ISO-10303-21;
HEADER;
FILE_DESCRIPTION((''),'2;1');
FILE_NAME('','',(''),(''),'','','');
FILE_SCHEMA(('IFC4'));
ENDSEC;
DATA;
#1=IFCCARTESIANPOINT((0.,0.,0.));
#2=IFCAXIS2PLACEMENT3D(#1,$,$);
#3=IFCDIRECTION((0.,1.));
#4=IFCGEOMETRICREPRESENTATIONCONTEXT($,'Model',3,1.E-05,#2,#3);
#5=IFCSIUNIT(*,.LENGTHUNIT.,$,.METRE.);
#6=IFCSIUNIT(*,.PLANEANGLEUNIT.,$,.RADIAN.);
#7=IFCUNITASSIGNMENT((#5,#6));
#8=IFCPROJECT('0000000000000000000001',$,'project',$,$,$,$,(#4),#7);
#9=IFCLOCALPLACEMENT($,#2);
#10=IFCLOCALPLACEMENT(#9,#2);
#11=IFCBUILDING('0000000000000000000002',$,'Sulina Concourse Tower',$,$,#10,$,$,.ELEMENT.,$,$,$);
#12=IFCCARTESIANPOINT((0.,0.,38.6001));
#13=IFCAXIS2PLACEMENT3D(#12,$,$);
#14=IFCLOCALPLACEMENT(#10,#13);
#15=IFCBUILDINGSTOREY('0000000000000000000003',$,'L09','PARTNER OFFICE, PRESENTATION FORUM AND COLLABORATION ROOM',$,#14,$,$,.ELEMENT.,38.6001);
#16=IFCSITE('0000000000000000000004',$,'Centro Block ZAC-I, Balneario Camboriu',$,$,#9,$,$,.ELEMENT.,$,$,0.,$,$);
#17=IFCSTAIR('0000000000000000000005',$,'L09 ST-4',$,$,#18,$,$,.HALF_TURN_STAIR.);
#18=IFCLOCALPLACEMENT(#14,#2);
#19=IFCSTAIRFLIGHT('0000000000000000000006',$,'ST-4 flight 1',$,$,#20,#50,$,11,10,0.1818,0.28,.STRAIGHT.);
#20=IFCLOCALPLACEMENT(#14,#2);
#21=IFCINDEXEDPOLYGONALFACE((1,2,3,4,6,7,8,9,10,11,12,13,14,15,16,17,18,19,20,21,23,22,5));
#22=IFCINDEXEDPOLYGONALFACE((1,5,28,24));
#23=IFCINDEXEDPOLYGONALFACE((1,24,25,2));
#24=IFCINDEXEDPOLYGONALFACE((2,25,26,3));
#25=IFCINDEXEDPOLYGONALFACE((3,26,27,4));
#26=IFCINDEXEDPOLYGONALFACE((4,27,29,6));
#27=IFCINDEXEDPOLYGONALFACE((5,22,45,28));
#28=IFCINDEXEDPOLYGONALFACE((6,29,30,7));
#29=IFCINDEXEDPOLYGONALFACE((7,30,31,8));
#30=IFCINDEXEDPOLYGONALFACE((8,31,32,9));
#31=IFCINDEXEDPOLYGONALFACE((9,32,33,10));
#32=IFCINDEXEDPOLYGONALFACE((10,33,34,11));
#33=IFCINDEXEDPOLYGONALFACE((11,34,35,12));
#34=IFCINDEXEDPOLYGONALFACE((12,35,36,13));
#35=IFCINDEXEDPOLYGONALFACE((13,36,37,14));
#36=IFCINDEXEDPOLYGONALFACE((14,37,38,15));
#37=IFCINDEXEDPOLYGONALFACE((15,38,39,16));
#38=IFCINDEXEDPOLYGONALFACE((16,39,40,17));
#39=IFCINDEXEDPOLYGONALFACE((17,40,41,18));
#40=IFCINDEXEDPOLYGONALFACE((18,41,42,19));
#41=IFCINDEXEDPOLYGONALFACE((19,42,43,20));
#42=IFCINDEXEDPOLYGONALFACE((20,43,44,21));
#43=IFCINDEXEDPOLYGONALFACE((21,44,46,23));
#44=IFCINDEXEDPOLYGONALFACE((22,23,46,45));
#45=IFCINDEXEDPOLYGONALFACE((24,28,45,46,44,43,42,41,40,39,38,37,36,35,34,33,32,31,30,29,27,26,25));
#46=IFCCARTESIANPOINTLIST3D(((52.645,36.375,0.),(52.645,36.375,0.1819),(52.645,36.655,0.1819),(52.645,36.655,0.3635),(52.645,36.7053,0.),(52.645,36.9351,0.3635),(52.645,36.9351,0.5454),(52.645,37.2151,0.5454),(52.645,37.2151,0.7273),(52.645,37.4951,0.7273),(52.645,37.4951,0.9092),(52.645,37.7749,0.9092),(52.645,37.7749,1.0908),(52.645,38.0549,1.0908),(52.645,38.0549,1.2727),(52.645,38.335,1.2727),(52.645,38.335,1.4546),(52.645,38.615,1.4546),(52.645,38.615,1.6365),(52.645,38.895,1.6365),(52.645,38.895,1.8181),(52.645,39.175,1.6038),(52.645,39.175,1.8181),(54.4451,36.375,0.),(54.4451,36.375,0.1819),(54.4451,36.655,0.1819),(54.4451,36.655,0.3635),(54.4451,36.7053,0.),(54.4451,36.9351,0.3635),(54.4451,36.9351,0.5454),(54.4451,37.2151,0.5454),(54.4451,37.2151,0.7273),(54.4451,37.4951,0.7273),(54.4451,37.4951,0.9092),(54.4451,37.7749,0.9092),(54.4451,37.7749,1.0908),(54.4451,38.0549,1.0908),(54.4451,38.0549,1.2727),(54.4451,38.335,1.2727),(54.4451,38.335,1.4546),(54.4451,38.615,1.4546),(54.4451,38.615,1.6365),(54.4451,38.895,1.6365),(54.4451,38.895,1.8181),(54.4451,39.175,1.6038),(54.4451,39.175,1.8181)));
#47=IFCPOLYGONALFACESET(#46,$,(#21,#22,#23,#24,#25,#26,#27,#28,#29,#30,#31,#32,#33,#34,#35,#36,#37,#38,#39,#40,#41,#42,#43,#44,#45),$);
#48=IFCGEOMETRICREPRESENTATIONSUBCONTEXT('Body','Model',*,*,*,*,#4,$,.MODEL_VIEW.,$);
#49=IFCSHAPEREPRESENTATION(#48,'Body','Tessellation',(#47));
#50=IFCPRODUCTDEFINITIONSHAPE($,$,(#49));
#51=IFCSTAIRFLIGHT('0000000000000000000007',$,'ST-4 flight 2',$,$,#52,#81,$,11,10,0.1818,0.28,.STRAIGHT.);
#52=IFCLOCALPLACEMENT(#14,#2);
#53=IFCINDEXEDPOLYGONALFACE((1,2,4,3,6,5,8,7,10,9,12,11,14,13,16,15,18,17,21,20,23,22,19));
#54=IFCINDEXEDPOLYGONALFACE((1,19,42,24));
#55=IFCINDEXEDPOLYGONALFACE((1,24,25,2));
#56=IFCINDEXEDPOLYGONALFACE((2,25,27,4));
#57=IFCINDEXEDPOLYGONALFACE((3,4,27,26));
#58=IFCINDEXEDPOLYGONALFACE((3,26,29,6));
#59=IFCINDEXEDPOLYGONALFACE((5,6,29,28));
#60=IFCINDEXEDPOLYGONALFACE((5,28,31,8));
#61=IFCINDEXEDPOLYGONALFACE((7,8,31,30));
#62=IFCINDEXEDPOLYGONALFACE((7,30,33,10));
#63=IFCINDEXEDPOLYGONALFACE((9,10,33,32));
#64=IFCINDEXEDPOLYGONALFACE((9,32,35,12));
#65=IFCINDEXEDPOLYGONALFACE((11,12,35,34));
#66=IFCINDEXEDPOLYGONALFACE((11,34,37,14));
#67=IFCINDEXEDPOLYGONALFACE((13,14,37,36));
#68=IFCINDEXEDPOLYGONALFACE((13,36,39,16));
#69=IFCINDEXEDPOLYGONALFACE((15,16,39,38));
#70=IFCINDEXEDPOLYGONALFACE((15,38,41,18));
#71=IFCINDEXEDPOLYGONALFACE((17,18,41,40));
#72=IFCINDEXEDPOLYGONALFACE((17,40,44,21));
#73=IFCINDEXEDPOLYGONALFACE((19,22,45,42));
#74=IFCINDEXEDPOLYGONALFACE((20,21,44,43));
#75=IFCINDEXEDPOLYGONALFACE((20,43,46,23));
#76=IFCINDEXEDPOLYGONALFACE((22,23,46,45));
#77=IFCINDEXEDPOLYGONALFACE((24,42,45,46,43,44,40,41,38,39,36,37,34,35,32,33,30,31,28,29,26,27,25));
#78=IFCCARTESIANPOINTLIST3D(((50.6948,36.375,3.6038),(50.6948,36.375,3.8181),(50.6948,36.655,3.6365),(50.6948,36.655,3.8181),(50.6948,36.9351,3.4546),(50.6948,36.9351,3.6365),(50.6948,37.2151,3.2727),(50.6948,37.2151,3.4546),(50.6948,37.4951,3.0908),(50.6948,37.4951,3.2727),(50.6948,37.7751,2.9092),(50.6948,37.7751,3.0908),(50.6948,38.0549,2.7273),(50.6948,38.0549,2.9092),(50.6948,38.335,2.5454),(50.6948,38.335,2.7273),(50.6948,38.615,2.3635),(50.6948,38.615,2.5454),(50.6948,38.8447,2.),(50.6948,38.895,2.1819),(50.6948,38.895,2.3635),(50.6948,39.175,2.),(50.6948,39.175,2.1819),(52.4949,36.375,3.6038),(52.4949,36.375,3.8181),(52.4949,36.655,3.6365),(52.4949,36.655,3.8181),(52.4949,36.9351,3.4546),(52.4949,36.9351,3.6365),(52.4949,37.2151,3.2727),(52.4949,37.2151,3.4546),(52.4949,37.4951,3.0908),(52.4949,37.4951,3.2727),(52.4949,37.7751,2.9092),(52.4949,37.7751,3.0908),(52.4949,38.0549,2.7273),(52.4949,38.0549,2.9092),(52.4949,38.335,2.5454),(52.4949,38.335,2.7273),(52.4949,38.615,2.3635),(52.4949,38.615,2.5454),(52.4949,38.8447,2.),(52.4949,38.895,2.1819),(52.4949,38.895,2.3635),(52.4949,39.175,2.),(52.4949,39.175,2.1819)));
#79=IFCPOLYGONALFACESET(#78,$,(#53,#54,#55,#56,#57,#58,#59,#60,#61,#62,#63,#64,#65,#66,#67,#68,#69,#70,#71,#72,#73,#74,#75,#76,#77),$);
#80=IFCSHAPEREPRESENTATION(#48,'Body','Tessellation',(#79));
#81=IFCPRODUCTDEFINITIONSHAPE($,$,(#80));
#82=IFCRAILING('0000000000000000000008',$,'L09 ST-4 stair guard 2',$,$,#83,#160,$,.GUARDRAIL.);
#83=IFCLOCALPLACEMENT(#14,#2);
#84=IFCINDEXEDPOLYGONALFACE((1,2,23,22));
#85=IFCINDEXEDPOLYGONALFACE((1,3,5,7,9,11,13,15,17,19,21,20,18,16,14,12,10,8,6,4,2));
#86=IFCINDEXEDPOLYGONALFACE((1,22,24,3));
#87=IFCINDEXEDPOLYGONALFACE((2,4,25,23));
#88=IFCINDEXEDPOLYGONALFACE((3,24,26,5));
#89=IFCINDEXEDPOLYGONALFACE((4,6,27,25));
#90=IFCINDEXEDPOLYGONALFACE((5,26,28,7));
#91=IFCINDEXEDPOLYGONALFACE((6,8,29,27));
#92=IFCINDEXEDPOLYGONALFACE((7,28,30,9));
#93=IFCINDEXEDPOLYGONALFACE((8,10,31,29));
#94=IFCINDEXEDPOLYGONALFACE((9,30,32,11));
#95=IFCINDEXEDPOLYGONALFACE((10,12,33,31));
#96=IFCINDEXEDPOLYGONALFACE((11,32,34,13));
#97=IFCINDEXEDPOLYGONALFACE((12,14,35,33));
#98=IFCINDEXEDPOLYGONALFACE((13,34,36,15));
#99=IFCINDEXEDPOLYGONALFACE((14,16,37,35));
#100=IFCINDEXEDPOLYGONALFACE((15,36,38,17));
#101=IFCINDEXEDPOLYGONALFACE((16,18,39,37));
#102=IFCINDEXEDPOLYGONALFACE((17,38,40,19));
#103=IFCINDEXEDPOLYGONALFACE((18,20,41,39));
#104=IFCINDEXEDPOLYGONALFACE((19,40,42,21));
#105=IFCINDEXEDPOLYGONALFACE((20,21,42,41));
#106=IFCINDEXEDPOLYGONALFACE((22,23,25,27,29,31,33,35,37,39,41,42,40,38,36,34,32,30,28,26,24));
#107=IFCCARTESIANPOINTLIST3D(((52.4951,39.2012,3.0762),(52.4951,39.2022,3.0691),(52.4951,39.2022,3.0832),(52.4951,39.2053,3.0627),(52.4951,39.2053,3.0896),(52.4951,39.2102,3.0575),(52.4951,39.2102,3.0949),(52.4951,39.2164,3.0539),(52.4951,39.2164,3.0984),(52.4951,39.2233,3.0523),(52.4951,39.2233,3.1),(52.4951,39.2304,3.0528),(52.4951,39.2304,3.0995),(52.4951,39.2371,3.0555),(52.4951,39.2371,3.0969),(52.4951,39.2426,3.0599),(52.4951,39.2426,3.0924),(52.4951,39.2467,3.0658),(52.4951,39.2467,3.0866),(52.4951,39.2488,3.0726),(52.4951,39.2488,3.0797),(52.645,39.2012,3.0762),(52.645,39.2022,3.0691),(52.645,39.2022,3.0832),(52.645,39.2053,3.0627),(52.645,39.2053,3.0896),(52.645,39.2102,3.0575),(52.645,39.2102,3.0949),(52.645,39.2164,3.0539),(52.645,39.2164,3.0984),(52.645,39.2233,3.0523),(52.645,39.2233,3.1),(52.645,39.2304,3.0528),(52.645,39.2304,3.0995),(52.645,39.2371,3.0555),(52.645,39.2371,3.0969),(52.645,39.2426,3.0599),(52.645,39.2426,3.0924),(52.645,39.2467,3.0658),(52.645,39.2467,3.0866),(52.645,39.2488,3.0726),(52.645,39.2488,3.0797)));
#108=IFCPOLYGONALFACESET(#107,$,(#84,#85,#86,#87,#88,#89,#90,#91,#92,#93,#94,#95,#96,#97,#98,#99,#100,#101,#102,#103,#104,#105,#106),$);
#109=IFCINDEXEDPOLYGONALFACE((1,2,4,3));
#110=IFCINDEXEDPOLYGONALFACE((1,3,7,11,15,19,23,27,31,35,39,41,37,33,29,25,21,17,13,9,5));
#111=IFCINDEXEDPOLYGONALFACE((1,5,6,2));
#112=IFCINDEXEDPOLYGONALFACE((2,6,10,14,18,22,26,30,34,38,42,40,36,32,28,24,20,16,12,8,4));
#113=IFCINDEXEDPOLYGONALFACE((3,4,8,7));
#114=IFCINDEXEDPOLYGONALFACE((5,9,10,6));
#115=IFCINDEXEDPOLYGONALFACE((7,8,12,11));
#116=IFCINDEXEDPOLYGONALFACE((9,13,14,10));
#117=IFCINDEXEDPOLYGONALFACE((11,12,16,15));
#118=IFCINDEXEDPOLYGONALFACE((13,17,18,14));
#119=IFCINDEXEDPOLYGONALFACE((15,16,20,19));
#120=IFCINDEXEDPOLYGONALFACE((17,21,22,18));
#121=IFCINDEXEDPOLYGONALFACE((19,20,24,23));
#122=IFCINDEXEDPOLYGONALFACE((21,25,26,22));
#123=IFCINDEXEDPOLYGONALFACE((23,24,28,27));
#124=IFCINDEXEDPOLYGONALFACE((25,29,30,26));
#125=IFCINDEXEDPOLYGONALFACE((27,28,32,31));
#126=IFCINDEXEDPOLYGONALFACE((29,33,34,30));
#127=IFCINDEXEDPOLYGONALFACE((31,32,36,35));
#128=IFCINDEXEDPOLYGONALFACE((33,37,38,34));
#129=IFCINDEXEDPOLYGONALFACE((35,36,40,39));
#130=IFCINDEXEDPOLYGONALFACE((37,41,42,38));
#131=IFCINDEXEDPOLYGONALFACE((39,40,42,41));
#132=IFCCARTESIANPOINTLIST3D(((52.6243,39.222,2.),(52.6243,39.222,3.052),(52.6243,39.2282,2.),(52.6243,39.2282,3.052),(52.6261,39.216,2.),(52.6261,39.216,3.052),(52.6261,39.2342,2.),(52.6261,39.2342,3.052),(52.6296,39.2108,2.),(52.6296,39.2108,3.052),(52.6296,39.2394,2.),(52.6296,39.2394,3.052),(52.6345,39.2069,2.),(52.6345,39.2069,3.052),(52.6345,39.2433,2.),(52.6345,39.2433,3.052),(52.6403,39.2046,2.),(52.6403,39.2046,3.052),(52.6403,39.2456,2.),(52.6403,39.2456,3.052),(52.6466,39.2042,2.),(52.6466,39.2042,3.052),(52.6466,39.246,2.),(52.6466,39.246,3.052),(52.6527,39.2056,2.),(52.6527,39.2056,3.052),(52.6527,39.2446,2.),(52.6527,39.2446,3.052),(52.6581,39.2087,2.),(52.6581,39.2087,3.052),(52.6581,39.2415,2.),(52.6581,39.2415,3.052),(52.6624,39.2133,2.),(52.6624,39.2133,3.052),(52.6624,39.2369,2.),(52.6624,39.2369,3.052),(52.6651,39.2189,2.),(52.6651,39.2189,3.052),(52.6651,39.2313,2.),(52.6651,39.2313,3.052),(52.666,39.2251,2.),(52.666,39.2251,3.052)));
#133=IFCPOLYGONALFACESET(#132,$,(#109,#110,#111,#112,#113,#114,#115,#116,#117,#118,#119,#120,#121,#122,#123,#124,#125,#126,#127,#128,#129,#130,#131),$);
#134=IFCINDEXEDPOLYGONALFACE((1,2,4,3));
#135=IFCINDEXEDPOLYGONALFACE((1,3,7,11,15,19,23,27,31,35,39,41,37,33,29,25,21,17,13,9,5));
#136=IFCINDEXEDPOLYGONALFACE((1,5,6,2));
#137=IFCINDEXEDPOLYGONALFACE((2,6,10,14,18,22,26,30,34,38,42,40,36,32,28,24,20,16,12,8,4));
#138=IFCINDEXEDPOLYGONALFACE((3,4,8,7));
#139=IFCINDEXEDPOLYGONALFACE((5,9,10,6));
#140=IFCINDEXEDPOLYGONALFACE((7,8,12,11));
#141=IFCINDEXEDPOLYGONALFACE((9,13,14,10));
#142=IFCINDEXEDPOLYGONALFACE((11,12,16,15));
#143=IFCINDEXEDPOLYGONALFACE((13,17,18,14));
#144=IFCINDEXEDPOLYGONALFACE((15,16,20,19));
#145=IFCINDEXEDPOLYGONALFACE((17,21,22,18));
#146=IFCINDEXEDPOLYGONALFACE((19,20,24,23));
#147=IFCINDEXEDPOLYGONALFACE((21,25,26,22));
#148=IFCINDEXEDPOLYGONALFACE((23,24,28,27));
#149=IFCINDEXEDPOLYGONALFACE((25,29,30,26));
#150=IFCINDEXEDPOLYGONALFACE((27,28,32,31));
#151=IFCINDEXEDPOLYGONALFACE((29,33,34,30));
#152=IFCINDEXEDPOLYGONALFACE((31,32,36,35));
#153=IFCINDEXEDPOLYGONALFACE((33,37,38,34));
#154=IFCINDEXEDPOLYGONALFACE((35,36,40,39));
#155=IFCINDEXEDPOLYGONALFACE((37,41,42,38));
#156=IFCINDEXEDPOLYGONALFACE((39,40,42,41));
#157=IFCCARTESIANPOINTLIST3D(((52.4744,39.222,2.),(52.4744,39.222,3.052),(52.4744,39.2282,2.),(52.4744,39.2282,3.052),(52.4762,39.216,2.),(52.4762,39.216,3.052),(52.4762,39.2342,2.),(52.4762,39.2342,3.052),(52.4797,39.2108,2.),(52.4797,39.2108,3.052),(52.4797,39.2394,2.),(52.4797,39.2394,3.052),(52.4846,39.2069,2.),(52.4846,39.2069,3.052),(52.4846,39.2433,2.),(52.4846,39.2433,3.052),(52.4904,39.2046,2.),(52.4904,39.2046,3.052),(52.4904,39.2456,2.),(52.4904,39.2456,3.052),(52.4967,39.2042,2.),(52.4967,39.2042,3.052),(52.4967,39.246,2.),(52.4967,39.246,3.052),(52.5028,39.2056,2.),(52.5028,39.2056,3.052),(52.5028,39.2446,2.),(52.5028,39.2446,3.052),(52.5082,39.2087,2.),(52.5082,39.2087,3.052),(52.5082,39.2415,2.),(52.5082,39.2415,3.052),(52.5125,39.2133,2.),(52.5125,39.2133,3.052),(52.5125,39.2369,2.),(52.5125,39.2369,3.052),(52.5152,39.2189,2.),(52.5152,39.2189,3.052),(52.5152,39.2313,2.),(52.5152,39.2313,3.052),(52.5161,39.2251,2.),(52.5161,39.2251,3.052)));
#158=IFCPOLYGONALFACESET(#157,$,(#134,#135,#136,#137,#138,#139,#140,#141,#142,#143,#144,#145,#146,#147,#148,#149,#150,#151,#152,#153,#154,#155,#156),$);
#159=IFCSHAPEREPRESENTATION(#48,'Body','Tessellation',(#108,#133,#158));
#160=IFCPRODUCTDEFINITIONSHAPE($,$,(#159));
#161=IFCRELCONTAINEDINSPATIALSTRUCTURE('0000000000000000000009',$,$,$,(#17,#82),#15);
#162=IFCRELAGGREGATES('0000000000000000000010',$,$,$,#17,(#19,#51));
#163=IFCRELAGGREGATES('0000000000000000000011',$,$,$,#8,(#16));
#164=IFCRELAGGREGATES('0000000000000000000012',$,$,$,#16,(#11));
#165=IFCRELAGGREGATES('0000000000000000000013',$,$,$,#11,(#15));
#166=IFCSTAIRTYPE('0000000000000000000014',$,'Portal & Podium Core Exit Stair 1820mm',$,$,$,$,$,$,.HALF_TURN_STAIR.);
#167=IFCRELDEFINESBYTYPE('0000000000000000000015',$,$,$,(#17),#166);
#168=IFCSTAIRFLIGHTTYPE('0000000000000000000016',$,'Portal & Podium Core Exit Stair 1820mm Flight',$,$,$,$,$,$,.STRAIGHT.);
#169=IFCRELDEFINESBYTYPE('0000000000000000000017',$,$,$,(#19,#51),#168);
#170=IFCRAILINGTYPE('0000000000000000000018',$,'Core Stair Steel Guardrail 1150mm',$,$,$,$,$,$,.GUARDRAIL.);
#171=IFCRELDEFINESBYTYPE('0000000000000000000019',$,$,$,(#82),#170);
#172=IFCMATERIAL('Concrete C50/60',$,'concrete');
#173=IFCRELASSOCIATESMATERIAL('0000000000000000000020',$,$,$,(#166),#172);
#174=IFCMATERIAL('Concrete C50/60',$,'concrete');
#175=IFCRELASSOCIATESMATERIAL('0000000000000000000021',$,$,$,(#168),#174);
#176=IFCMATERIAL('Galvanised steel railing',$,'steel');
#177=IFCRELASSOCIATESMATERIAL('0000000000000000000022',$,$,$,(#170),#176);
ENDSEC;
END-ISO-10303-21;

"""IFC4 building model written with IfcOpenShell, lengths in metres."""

from ifc_helpers import new_model, si_unit, direction, frame, origin, origin_2d, place, context, subcontext, project, spatial, polyline, circle, outline, extrude, material, type_object, element, aggregate, save


model = new_model("IFC4")

# Units and contexts
model_context = context("Model", 3, precision=1e-05, world=origin(), true_north=direction((0.0, 1.0)))
body_context = subcontext(model_context, "Body", "Model", "MODEL_VIEW")
ifc_project = project(units=[si_unit("LENGTHUNIT", "METRE"), si_unit("PLANEANGLEUNIT", "RADIAN")], contexts=[model_context])

# Site, building, storey
site_placement = place(None, origin())
site = spatial("IfcSite", under=ifc_project, at=site_placement, Name="Centro Block ZAC-I, Balneario Camboriu", CompositionType="ELEMENT", RefElevation=0.0)
building_placement = place(site_placement, origin())
building = spatial("IfcBuilding", under=site, at=building_placement, Name="Sulina Concourse Tower", CompositionType="ELEMENT")
storey_placement = place(building_placement, frame((0.0, 0.0, 38.6001)))
storey = spatial("IfcBuildingStorey", under=building, at=storey_placement, Name="L09", Description="PARTNER OFFICE, PRESENTATION FORUM AND COLLABORATION ROOM", CompositionType="ELEMENT", Elevation=38.6001)

# Stair, stair flights
ifc_material_1 = material(Name="Concrete C50/60", Category="concrete")
stair_type = type_object("IfcStairType", Name="Portal & Podium Core Exit Stair 1820mm", PredefinedType="HALF_TURN_STAIR", material=ifc_material_1)
stair_placement = place(storey_placement, origin())
stair = element("IfcStair", 1, at=stair_placement, inside=storey, type_object=stair_type, Name="L09 ST-4", PredefinedType="HALF_TURN_STAIR")
ifc_material_2 = material(Name="Concrete C50/60", Category="concrete")
stair_flight_type = type_object("IfcStairFlightType", Name="Portal & Podium Core Exit Stair 1820mm Flight", PredefinedType="STRAIGHT", material=ifc_material_2)
stair_flight_1_placement = place(storey_placement, frame((53.5449, 36.375, 0.0), z_axis=(0.0, 0.0, 1.0), x_axis=(0.0, 1.0, 0.0)))
stair_flight_1 = element("IfcStairFlight", 2, at=stair_flight_1_placement, type_object=stair_flight_type, Name="ST-4 flight 1", NumberOfRisers=11, NumberOfTreads=10, PredefinedType="STRAIGHT", RiserHeight=0.1818, TreadLength=0.28, context=body_context, shape_type="SweptSolid", body=[
    extrude(outline(polyline([(0.0, 0.0), (0.0, 0.1819), (0.28, 0.1819), (0.28, 0.3635), (0.5601, 0.3635), (0.5601, 0.5454), (0.8401, 0.5454), (0.8401, 0.7273), (1.1201, 0.7273), (1.1201, 0.9092), (1.3999, 0.9092), (1.3999, 1.0908), (1.6799, 1.0908), (1.6799, 1.2727), (1.96, 1.2727), (1.96, 1.4546), (2.24, 1.4546), (2.24, 1.6365), (2.52, 1.6365), (2.52, 1.8181), (2.8, 1.8181), (2.8, 2.0), (2.8, 1.6038), (0.3303, 0.0), (0.0, 0.0)])), frame((0.0, 0.8999, 0.0), z_axis=(0.0, -1.0, 0.0), x_axis=(1.0, 0.0, 0.0)), (0.0, 0.0, 1.0), 1.8),
])
stair_flight_2_placement = place(storey_placement, frame((51.595, 39.175, 2.0), z_axis=(0.0, 0.0, 1.0), x_axis=(0.0, -1.0, 0.0)))
stair_flight_2 = element("IfcStairFlight", 3, at=stair_flight_2_placement, type_object=stair_flight_type, Name="ST-4 flight 2", NumberOfRisers=11, NumberOfTreads=10, PredefinedType="STRAIGHT", RiserHeight=0.1818, TreadLength=0.28, context=body_context, shape_type="SweptSolid", body=[
    extrude(outline(polyline([(0.0, 0.0), (0.0, 0.1819), (0.28, 0.1819), (0.28, 0.3635), (0.5601, 0.3635), (0.5601, 0.5454), (0.8401, 0.5454), (0.8401, 0.7273), (1.1201, 0.7273), (1.1201, 0.9092), (1.3999, 0.9092), (1.3999, 1.0908), (1.6799, 1.0908), (1.6799, 1.2727), (1.96, 1.2727), (1.96, 1.4546), (2.24, 1.4546), (2.24, 1.6365), (2.52, 1.6365), (2.52, 1.8181), (2.8, 1.8181), (2.8, 2.0), (2.8, 1.6038), (0.3303, 0.0), (0.0, 0.0)])), frame((0.0, 0.8999, 0.0), z_axis=(0.0, -1.0, 0.0), x_axis=(1.0, 0.0, 0.0)), (0.0, 0.0, 1.0), 1.8),
])
aggregate(stair, [stair_flight_1, stair_flight_2])

# Railing
ifc_material_3 = material(Name="Galvanised steel railing", Category="steel")
railing_type_1 = type_object("IfcRailingType", Name="Core Stair Steel Guardrail 1150mm", PredefinedType="GUARDRAIL", material=ifc_material_3)
railing_1_placement = place(storey_placement, frame((52.645, 39.2251, 2.0)))
element("IfcRailing", 4, at=railing_1_placement, inside=storey, type_object=railing_type_1, Name="L09 ST-4 stair guard 2", PredefinedType="GUARDRAIL", context=body_context, shape_type="SweptSolid", body=[
    extrude(circle(Radius=0.0239, at=origin_2d()), frame((0.0, 0.0, 1.0762), z_axis=(-1.0, 0.0, 0.0), x_axis=(0.0, -1.0, 0.0)), (0.0, 0.0, 1.0), 0.1499),
    extrude(circle(Radius=0.021, at=origin_2d()), origin(), (0.0, 0.0, 1.0), 1.052),
    extrude(circle(Radius=0.021, at=origin_2d()), frame((-0.1499, 0.0, 0.0)), (0.0, 0.0, 1.0), 1.052),
])

save(model, "model.ifc")
